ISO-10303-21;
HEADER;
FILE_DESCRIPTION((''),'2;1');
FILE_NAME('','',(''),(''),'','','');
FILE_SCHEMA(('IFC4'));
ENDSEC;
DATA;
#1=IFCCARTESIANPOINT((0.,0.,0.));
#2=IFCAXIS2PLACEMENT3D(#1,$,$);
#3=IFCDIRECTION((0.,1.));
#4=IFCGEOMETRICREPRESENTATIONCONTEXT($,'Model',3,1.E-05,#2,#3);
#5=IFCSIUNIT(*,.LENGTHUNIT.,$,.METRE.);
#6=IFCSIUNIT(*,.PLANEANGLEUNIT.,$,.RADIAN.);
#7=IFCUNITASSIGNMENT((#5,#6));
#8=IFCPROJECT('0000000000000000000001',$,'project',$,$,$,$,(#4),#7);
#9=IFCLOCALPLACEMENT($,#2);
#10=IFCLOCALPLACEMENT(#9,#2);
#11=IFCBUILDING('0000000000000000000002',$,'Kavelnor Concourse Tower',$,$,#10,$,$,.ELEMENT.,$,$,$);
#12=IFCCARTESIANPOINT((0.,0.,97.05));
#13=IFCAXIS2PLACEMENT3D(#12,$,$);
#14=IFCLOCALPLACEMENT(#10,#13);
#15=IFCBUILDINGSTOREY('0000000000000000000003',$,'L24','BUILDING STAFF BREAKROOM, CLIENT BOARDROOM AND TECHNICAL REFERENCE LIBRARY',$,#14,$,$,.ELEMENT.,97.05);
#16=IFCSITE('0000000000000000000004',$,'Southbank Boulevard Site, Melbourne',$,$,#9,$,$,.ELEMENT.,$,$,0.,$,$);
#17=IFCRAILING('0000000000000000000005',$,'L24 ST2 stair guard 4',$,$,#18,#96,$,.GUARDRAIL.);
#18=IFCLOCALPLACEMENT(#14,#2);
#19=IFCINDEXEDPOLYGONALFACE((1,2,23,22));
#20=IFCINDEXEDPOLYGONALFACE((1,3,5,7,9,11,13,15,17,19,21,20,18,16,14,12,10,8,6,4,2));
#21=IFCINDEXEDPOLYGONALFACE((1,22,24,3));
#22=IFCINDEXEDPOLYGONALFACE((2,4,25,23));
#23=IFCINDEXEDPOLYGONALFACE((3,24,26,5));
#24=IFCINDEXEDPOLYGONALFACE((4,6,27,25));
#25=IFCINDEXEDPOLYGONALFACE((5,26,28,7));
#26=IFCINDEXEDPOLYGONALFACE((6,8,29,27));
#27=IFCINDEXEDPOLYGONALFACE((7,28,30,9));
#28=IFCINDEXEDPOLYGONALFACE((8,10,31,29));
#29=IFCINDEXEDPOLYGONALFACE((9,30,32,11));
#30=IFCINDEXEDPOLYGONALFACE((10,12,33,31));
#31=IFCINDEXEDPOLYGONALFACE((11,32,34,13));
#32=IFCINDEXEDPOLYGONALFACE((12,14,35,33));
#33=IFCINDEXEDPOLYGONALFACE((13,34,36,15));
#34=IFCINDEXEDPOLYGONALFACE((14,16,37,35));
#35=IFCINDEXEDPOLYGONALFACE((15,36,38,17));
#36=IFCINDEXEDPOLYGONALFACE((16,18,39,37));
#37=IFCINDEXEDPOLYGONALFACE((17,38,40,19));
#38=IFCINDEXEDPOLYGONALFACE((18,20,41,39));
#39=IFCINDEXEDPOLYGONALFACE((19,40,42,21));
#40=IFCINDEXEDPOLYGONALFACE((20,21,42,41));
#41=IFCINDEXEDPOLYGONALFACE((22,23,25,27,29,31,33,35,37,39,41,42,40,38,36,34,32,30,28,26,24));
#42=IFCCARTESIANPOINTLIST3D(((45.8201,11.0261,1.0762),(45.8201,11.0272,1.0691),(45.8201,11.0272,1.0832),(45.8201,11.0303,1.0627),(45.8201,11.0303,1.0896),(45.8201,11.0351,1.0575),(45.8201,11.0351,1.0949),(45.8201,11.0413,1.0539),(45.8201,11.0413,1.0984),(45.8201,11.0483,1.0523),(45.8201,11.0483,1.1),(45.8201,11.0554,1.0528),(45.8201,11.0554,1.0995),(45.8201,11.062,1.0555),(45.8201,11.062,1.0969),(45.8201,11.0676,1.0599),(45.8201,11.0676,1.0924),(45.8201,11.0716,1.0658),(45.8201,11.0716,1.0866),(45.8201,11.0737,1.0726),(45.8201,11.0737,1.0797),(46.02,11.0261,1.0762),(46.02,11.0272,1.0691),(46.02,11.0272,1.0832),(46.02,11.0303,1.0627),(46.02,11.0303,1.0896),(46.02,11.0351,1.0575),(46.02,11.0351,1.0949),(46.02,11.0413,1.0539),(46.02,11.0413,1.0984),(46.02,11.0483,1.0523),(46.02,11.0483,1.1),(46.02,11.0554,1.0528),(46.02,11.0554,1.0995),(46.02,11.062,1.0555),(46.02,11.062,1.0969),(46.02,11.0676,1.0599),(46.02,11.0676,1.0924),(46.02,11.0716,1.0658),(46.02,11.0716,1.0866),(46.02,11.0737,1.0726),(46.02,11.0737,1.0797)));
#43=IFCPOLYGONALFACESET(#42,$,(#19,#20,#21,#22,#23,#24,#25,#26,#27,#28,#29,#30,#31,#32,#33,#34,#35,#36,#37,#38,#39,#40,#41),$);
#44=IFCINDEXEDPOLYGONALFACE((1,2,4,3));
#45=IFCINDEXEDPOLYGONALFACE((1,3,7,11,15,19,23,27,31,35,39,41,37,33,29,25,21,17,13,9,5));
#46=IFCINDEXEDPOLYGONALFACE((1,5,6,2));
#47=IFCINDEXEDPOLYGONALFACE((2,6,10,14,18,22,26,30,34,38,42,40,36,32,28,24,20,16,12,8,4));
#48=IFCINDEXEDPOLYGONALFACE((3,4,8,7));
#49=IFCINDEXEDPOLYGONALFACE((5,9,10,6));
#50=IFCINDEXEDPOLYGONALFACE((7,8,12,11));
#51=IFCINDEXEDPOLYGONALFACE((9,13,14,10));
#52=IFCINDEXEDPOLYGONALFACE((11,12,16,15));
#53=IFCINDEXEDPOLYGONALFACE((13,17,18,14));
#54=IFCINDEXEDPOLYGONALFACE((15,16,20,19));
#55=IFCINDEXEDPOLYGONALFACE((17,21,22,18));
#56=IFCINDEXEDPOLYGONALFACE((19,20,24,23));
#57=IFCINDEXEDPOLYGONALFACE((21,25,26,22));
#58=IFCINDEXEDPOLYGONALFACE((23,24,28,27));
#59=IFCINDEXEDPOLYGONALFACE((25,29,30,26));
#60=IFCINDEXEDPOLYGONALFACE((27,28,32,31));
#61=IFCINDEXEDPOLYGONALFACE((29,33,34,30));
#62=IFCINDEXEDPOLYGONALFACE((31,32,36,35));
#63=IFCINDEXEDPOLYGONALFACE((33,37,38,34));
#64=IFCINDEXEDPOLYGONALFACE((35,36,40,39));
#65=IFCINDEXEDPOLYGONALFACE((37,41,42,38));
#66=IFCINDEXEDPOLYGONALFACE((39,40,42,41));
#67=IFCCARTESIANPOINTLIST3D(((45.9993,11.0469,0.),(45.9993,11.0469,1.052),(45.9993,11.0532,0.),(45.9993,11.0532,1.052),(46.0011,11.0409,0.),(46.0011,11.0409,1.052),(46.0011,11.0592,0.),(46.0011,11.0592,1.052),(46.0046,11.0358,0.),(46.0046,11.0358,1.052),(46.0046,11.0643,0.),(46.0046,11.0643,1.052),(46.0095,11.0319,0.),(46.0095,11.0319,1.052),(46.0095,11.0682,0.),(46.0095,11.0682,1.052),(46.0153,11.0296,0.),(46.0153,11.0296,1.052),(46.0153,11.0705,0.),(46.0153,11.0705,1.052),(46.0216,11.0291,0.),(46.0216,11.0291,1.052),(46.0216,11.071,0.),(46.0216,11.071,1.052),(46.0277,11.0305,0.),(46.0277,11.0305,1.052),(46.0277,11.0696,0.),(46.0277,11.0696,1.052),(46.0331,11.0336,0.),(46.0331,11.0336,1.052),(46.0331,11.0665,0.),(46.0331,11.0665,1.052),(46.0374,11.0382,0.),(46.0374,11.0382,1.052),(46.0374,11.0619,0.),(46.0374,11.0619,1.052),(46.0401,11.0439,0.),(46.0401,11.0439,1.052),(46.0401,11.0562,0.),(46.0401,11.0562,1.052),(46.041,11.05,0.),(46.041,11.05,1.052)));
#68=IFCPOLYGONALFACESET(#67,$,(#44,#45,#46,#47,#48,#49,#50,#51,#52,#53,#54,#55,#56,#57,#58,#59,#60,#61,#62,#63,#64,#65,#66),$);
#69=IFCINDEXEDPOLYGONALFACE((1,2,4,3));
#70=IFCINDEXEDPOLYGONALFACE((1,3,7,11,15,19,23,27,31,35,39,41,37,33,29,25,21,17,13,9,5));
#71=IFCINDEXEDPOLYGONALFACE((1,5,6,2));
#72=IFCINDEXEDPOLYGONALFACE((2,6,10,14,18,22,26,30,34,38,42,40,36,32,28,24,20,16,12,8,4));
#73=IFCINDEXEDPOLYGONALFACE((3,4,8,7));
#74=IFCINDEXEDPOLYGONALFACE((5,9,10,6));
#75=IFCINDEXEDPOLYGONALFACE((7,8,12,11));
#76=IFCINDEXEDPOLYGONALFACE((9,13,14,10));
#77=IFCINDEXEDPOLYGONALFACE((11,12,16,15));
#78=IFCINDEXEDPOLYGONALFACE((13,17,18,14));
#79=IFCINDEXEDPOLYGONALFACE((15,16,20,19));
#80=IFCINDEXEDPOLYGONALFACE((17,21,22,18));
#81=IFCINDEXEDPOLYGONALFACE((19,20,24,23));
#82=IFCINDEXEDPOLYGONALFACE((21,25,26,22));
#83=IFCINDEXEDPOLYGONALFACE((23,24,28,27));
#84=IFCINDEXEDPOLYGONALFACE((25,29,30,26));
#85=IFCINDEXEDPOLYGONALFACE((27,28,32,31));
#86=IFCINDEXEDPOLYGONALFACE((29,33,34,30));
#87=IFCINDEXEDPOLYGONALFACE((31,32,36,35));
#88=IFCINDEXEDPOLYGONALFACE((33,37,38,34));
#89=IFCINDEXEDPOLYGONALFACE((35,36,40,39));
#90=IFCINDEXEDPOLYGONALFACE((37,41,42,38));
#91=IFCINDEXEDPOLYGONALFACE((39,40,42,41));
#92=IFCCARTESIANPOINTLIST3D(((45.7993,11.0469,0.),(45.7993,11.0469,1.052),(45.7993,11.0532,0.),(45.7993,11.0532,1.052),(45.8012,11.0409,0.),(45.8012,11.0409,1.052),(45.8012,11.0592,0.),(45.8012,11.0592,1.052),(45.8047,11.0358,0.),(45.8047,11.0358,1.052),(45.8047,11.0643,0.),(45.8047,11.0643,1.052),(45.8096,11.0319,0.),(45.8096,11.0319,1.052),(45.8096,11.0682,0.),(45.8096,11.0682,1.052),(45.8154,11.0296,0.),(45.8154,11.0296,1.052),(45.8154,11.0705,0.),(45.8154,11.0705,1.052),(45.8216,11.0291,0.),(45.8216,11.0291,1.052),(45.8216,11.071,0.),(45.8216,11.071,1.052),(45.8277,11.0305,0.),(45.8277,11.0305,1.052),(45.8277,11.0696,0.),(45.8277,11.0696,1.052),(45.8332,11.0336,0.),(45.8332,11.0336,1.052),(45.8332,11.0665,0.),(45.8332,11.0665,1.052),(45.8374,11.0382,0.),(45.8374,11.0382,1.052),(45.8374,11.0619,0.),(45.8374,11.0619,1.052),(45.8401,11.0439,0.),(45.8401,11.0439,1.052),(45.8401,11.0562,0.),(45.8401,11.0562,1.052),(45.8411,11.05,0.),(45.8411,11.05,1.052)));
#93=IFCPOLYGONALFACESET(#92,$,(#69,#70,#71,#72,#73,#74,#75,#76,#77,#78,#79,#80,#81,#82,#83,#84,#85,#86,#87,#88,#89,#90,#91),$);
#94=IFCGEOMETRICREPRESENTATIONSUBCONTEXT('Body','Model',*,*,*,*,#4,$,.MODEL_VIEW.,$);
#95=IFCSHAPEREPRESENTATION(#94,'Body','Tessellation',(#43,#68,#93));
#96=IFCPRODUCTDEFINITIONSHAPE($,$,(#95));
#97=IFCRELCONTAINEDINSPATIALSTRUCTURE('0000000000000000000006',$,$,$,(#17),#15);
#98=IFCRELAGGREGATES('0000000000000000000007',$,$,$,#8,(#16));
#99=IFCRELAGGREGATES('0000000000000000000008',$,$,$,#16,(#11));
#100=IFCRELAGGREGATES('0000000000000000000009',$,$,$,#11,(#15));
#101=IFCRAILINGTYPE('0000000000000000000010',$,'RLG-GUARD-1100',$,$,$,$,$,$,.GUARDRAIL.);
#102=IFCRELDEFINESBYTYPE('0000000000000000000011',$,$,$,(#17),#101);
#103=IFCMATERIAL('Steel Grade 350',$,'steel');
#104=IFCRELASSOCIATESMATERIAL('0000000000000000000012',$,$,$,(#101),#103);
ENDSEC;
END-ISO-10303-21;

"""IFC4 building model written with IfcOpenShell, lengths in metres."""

from ifc_helpers import new_model, si_unit, direction, frame, origin, origin_2d, place, context, subcontext, project, spatial, circle, extrude, material, type_object, element, save


model = new_model("IFC4")

# Units and contexts
model_context = context("Model", 3, precision=1e-05, world=origin(), true_north=direction((0.0, 1.0)))
body_context = subcontext(model_context, "Body", "Model", "MODEL_VIEW")
ifc_project = project(units=[si_unit("LENGTHUNIT", "METRE"), si_unit("PLANEANGLEUNIT", "RADIAN")], contexts=[model_context])

# Site, building, storey
site_placement = place(None, origin())
site = spatial("IfcSite", under=ifc_project, at=site_placement, Name="Southbank Boulevard Site, Melbourne", CompositionType="ELEMENT", RefElevation=0.0)
building_placement = place(site_placement, origin())
building = spatial("IfcBuilding", under=site, at=building_placement, Name="Kavelnor Concourse Tower", CompositionType="ELEMENT")
storey_placement = place(building_placement, frame((0.0, 0.0, 97.05)))
storey = spatial("IfcBuildingStorey", under=building, at=storey_placement, Name="L24", Description="BUILDING STAFF BREAKROOM, CLIENT BOARDROOM AND TECHNICAL REFERENCE LIBRARY", CompositionType="ELEMENT", Elevation=97.05)

# Shared definitions
ifc_material_1 = material(Name="Steel Grade 350", Category="steel")

# Railing
railing_type_1 = type_object("IfcRailingType", Name="RLG-GUARD-1100", PredefinedType="GUARDRAIL", material=ifc_material_1)
railing_1_placement = place(storey_placement, frame((46.02, 11.05, 0.0)))
element("IfcRailing", 1, at=railing_1_placement, inside=storey, type_object=railing_type_1, Name="L24 ST2 stair guard 4", PredefinedType="GUARDRAIL", context=body_context, shape_type="SweptSolid", body=[
    extrude(circle(Radius=0.0239, at=origin_2d()), frame((0.0, 0.0, 1.0762), z_axis=(-1.0, 0.0, 0.0), x_axis=(0.0, -1.0, 0.0)), (0.0, 0.0, 1.0), 0.2),
    extrude(circle(Radius=0.021, at=origin_2d()), origin(), (0.0, 0.0, 1.0), 1.052),
    extrude(circle(Radius=0.021, at=origin_2d()), frame((-0.2, 0.0, 0.0)), (0.0, 0.0, 1.0), 1.052),
])

save(model, "model.ifc")
